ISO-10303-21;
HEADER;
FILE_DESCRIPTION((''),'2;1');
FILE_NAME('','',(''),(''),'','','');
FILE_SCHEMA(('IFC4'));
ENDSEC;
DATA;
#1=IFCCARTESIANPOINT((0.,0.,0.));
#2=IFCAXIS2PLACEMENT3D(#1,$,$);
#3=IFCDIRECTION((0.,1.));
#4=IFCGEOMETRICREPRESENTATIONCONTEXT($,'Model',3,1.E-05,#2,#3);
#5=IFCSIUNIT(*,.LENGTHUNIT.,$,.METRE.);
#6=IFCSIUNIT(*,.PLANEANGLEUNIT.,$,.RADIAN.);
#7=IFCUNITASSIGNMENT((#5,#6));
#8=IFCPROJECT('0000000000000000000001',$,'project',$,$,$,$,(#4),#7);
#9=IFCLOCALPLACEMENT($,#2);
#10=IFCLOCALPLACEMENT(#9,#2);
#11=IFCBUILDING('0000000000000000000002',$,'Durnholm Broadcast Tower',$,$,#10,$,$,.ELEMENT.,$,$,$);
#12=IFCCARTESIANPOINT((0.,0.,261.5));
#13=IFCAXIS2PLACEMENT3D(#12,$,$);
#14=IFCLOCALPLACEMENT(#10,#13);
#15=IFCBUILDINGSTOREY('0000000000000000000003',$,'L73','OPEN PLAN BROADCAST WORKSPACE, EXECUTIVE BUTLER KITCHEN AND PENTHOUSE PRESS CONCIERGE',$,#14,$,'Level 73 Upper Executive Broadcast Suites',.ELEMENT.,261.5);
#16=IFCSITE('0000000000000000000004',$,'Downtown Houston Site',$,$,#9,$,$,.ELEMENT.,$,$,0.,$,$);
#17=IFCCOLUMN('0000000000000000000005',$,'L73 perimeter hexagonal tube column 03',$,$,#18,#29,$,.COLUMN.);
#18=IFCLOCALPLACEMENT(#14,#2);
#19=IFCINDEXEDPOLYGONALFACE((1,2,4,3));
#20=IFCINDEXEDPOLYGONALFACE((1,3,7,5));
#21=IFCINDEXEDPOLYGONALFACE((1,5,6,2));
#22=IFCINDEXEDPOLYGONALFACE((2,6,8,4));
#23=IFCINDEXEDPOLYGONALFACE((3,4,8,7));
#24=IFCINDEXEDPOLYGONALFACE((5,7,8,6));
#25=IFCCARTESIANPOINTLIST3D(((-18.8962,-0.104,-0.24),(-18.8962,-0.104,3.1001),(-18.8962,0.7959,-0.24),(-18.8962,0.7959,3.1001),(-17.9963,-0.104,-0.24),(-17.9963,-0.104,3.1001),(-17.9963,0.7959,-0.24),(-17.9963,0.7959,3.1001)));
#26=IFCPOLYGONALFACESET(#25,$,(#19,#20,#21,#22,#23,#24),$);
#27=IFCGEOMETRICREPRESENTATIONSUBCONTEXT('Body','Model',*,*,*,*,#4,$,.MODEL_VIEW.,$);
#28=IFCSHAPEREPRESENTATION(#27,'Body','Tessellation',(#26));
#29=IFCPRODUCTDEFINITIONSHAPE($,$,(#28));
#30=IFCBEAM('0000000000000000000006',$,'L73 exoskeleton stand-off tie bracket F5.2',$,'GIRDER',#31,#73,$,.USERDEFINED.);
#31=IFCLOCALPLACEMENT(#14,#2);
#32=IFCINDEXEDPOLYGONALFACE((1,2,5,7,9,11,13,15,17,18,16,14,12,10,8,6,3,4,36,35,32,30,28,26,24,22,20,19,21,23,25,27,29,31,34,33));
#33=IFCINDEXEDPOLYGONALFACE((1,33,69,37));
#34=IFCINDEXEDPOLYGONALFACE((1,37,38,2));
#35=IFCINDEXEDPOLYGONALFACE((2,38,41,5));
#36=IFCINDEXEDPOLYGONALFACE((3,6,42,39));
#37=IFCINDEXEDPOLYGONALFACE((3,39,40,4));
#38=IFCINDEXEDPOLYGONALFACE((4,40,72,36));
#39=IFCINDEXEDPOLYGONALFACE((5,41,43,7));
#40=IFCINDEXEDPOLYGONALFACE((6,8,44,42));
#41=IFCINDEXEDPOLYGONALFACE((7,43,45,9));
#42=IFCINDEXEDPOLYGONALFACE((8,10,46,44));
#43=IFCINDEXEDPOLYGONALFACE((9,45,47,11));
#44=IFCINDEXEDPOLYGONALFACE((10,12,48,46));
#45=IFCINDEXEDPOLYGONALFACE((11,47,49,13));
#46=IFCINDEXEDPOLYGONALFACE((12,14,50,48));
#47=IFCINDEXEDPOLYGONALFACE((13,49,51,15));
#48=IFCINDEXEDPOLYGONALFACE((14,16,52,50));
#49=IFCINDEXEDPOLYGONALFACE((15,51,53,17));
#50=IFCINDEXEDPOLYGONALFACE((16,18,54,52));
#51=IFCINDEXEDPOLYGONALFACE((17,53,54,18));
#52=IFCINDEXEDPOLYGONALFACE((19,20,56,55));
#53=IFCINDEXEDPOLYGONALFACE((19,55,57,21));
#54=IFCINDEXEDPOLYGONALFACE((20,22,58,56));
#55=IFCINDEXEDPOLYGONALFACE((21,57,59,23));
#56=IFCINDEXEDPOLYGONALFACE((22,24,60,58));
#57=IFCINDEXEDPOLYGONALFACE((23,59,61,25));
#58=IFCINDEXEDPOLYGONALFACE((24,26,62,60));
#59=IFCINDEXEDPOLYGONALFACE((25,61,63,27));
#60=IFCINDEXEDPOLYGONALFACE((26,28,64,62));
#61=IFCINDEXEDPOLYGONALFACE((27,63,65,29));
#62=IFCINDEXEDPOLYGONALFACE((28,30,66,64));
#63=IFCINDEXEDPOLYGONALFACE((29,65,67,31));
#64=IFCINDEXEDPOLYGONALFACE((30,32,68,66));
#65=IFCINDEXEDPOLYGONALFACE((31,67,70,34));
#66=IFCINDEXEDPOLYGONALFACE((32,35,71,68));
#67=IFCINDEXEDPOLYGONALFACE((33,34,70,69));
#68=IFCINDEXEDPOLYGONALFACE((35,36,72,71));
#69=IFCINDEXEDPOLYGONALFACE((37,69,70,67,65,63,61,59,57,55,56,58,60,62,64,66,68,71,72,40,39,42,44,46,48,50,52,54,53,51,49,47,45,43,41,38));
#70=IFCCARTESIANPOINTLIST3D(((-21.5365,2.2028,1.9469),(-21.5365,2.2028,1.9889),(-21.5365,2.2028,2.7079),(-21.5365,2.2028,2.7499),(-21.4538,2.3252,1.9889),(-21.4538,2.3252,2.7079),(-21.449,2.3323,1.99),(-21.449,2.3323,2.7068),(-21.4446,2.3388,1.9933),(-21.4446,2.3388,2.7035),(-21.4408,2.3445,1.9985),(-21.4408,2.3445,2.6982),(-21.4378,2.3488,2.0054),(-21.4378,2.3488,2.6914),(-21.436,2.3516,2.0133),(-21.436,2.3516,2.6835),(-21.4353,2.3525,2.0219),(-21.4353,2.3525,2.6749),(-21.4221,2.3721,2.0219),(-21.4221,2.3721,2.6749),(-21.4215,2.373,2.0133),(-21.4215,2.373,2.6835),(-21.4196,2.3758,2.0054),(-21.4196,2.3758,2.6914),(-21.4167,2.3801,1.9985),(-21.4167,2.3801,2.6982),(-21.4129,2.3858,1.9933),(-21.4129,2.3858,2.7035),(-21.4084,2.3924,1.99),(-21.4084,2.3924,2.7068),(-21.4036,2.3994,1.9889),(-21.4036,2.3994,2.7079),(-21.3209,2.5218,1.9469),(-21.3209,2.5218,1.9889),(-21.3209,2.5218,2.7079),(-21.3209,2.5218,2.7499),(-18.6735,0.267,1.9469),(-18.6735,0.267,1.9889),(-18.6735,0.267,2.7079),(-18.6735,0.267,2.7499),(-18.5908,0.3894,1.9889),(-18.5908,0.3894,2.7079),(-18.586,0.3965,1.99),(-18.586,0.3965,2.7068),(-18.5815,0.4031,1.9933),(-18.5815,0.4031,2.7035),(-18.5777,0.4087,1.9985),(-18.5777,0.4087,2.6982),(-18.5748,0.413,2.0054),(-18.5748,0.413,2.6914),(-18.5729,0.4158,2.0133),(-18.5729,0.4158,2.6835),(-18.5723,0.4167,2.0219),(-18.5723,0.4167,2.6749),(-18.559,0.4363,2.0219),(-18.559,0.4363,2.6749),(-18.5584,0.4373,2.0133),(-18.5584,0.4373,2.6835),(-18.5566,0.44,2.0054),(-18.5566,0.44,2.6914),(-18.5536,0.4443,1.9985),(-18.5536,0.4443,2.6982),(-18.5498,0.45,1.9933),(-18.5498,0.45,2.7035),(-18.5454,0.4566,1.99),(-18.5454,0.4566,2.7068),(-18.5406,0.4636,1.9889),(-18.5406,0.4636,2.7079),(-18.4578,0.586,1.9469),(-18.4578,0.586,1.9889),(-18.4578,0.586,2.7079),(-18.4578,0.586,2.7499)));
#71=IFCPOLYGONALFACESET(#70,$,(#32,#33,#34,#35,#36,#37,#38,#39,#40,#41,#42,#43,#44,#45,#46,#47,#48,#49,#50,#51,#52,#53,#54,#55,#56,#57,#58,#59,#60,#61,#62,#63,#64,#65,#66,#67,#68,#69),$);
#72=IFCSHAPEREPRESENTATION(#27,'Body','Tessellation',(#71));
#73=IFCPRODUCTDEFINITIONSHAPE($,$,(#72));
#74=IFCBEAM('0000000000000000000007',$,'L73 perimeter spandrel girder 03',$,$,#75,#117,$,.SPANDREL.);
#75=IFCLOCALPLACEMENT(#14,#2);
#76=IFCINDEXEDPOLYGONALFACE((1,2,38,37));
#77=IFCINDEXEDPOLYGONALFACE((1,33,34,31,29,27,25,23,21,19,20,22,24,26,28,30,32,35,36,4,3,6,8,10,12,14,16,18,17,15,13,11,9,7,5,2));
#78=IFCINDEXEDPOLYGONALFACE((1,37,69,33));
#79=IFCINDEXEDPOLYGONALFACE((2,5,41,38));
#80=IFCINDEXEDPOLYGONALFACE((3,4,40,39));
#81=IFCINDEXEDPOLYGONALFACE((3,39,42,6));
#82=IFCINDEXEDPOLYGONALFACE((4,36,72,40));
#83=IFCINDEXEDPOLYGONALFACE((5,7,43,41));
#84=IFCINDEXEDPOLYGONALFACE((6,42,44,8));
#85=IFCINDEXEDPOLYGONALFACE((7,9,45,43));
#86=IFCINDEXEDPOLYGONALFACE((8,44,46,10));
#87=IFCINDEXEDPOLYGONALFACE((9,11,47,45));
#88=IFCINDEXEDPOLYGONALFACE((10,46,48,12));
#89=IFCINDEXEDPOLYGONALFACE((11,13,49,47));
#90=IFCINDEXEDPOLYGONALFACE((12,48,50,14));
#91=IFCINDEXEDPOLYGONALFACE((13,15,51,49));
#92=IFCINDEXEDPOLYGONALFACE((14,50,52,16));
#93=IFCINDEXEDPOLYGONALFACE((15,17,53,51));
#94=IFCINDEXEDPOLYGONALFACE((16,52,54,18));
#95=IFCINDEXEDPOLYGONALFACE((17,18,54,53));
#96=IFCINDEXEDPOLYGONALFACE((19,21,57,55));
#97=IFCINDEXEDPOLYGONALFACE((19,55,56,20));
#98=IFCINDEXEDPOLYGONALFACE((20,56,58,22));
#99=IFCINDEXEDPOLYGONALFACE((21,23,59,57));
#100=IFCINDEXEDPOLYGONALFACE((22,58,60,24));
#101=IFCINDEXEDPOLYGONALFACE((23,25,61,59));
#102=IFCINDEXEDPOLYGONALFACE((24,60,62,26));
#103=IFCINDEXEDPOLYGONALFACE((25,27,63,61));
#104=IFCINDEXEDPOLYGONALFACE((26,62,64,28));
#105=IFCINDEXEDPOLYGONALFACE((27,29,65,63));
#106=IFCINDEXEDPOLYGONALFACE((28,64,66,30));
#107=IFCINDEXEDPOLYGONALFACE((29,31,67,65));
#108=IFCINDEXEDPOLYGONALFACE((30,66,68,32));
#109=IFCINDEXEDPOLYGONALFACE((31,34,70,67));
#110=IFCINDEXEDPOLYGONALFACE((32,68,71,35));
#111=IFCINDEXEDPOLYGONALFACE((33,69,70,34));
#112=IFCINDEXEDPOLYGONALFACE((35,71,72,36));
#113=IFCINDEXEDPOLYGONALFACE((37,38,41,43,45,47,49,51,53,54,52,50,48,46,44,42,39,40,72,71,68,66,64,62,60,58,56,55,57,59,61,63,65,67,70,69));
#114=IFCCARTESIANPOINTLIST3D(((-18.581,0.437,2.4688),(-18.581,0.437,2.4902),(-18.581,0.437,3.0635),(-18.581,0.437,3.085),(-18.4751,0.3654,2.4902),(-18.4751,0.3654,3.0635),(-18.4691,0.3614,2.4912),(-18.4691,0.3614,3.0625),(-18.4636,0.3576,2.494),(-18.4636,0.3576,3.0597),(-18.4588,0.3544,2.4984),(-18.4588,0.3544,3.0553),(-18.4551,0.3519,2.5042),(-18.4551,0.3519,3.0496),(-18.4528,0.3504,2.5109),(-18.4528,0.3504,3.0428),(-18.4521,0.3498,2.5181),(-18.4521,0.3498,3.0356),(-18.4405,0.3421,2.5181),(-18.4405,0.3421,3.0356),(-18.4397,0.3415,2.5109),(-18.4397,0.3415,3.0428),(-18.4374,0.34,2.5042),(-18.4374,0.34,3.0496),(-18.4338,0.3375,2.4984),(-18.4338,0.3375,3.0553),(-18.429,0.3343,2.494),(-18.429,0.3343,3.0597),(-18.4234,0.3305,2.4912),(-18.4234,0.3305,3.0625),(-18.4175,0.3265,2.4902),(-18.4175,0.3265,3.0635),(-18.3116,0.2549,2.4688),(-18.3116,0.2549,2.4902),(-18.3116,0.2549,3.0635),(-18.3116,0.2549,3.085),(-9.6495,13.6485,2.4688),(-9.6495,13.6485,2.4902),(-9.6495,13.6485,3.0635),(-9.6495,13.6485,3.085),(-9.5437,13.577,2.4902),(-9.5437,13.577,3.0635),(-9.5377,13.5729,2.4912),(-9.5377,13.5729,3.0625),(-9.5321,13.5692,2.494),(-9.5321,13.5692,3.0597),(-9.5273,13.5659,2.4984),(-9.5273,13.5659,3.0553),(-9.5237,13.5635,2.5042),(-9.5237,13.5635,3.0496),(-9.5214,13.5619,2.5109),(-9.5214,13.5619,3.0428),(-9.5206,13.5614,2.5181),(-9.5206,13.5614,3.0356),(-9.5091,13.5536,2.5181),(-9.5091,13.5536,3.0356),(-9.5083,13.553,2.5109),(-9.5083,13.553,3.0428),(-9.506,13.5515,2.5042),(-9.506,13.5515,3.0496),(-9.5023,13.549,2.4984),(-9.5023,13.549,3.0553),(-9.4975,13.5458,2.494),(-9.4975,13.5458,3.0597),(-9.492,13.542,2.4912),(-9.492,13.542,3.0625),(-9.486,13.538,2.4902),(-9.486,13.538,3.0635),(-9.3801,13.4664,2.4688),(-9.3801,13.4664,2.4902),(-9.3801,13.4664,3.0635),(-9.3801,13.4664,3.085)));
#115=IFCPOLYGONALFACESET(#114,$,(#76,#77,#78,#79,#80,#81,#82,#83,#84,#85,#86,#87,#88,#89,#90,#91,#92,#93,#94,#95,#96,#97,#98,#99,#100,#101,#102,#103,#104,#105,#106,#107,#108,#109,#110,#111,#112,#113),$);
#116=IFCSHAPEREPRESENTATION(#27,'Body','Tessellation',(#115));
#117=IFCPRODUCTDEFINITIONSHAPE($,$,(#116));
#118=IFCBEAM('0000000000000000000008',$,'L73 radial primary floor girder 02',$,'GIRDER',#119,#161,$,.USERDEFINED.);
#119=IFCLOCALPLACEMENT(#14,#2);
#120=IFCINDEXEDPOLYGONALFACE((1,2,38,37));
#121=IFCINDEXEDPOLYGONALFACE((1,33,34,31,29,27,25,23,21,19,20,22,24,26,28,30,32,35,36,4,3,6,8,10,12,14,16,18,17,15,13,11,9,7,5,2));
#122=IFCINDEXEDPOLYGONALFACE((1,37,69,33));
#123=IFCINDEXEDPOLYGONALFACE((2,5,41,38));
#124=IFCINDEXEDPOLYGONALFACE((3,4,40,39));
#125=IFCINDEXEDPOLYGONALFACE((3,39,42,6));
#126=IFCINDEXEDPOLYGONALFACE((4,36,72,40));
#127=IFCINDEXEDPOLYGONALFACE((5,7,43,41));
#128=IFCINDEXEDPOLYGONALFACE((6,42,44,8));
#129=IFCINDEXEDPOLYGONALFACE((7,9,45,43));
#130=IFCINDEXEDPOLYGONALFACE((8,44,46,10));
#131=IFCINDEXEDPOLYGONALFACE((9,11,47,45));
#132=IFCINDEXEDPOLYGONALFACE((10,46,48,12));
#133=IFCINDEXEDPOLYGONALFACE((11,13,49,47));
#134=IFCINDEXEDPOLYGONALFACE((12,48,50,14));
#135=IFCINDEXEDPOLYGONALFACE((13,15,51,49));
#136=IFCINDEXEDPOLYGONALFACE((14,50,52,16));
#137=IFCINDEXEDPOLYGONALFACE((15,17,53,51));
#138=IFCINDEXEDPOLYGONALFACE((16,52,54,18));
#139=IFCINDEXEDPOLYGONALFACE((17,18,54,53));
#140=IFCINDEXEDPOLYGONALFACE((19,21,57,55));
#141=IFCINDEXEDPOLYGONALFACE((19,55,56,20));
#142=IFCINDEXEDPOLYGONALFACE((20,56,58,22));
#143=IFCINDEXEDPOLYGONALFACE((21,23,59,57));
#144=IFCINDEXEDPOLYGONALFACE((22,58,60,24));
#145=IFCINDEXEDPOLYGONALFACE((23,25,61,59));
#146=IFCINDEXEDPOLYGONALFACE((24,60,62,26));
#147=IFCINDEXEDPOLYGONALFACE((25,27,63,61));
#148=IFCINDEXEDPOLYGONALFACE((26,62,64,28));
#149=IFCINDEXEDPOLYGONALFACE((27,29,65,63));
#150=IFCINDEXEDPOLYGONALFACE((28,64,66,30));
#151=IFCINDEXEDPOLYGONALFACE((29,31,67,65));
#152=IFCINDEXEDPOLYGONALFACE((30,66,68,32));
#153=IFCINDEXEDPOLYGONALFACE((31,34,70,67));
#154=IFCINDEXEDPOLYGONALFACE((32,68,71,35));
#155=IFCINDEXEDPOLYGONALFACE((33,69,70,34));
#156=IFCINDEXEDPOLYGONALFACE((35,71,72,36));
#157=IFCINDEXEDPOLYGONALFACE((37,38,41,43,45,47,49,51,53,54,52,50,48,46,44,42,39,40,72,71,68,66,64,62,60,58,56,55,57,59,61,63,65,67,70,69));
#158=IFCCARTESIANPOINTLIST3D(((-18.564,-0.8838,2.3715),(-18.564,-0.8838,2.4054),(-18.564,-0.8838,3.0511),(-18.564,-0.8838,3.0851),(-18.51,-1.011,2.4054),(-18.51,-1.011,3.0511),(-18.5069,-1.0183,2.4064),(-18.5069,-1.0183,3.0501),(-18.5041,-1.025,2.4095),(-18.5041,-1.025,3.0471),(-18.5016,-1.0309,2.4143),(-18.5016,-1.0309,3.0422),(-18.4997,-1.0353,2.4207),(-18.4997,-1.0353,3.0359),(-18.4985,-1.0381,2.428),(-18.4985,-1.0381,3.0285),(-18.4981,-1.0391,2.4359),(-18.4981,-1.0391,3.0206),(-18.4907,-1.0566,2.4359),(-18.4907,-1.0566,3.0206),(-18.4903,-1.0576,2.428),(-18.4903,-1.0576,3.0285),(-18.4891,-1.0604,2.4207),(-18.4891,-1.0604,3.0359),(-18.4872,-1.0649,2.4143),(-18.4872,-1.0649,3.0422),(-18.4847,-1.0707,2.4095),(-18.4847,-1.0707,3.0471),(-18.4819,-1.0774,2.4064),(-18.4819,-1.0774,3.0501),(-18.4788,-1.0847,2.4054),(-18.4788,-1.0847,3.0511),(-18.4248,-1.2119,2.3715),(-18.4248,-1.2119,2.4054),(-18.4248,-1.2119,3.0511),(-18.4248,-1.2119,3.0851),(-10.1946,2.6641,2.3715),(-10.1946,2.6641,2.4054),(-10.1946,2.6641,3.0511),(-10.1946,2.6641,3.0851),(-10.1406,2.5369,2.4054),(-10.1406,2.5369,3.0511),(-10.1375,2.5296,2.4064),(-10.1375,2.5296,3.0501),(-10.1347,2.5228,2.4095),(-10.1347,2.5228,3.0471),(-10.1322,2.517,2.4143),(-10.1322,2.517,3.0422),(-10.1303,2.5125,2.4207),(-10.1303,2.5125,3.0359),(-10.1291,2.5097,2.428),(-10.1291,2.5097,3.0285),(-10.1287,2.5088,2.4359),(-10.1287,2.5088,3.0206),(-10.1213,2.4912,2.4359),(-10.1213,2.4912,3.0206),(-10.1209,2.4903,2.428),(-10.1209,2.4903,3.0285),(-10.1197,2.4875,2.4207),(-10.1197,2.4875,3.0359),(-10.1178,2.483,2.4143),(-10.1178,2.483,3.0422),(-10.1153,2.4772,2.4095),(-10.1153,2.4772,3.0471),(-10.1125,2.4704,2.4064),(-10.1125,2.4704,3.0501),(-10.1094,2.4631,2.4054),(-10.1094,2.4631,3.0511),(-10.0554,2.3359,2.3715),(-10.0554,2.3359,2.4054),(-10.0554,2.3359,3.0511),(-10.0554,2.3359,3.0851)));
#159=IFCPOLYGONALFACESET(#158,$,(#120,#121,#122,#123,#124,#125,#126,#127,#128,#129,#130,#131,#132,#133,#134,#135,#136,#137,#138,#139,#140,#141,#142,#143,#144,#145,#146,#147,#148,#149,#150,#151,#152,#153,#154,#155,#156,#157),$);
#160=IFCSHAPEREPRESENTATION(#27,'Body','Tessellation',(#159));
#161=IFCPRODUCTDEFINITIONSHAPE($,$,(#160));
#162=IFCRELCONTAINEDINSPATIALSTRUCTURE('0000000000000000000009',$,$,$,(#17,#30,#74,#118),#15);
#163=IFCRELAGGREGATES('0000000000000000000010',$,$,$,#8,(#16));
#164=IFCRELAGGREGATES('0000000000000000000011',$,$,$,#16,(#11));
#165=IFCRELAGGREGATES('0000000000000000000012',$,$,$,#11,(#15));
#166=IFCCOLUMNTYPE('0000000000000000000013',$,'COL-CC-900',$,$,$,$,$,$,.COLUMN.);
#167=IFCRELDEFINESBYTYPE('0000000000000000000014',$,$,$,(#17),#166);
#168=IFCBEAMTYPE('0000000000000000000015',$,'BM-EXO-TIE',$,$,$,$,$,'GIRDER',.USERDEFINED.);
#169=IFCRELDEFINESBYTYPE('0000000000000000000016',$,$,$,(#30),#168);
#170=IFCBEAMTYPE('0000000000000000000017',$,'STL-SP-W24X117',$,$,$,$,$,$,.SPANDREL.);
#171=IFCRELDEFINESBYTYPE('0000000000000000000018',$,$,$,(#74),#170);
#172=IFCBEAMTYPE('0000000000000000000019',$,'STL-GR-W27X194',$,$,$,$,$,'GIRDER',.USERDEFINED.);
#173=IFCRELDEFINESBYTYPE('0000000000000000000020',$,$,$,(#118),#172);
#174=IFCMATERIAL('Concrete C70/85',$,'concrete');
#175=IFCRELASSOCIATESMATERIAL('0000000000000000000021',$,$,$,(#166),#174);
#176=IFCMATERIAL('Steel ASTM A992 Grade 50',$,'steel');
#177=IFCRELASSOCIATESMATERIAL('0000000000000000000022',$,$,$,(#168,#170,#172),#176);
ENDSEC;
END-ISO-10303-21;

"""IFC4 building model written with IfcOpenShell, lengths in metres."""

from ifc_helpers import new_model, si_unit, direction, frame, origin, origin_2d, place, context, subcontext, project, spatial, rectangle, i_section, extrude, source, transform, mapped, material, material_profile, profile_set, type_object, type_shapes, element, save


model = new_model("IFC4")

# Units and contexts
model_context = context("Model", 3, precision=1e-05, world=origin(), true_north=direction((0.0, 1.0)))
body_context = subcontext(model_context, "Body", "Model", "MODEL_VIEW")
ifc_project = project(units=[si_unit("LENGTHUNIT", "METRE"), si_unit("PLANEANGLEUNIT", "RADIAN")], contexts=[model_context])

# Site, building, storey
site_placement = place(None, origin())
site = spatial("IfcSite", under=ifc_project, at=site_placement, Name="Downtown Houston Site", CompositionType="ELEMENT", RefElevation=0.0)
building_placement = place(site_placement, origin())
building = spatial("IfcBuilding", under=site, at=building_placement, Name="Durnholm Broadcast Tower", CompositionType="ELEMENT")
storey_placement = place(building_placement, frame((0.0, 0.0, 261.5)))
storey = spatial("IfcBuildingStorey", under=building, at=storey_placement, Name="L73", Description="OPEN PLAN BROADCAST WORKSPACE, EXECUTIVE BUTLER KITCHEN AND PENTHOUSE PRESS CONCIERGE", LongName="Level 73 Upper Executive Broadcast Suites", CompositionType="ELEMENT", Elevation=261.5)

# Column
ifc_material_1 = material(Name="Concrete C70/85", Category="concrete")
ifc_material_profile_1 = material_profile(ifc_material_1, rectangle(XDim=0.8999, YDim=0.8999, at=origin_2d()), Name="RC900X900")
ifc_profile_set_1 = profile_set([ifc_material_profile_1], Name="Concrete C70/85")
column_type = type_object("IfcColumnType", Name="COL-CC-900", PredefinedType="COLUMN", material=ifc_profile_set_1)
shared_shape_1 = source(origin(), body_context, "Body", "SweptSolid", [
    extrude(rectangle(XDim=0.8999, YDim=0.8999, at=origin_2d()), origin(), (0.0, 0.0, 1.0), 3.3401),
])
type_shapes(column_type, [shared_shape_1])
column_placement = place(storey_placement, frame((-18.4463, 0.3459, -0.24), z_axis=(0.0, 0.0, 1.0), x_axis=(1.0, 0.0, 0.0)))
element("IfcColumn", 1, at=column_placement, inside=storey, type_object=column_type, Name="L73 perimeter hexagonal tube column 03", PredefinedType="COLUMN", context=body_context, shape_type="MappedRepresentation", body=[
    mapped(shared_shape_1, transform((0.0, 0.0, 0.0), x_axis=(1.0, 0.0, 0.0), y_axis=(0.0, 1.0, 0.0), z_axis=(0.0, 0.0, 1.0), scale=1.0)),
])

# Beams
ifc_material_2 = material(Name="Steel ASTM A992 Grade 50", Category="steel")
ifc_material_profile_2 = material_profile(ifc_material_2, i_section(OverallWidth=0.385, OverallDepth=0.803, WebThickness=0.0237, FlangeThickness=0.042, FilletRadius=0.033, at=origin_2d()), Name="W30X261")
ifc_profile_set_2 = profile_set([ifc_material_profile_2], Name="Steel ASTM A992 Grade 50")
beam_type_1 = type_object("IfcBeamType", Name="BM-EXO-TIE", ElementType="GIRDER", PredefinedType="USERDEFINED", material=ifc_profile_set_2)
shared_shape_2 = source(origin(), body_context, "Body", "SweptSolid", [
    extrude(i_section(OverallWidth=0.385, OverallDepth=0.803, WebThickness=0.0237, FlangeThickness=0.042, FilletRadius=0.033, at=origin_2d()), origin(), (0.0, 0.0, 1.0), 3.4561),
])
type_shapes(beam_type_1, [shared_shape_2])
beam_1_placement = place(storey_placement, frame((-18.5657, 0.4265, 2.3484), z_axis=(-0.828414, 0.560117, 0.0), x_axis=(-0.560117, -0.828414, 0.0)))
element("IfcBeam", 2, at=beam_1_placement, inside=storey, type_object=beam_type_1, Name="L73 exoskeleton stand-off tie bracket F5.2", ObjectType="GIRDER", PredefinedType="USERDEFINED", context=body_context, shape_type="MappedRepresentation", body=[
    mapped(shared_shape_2, transform((0.0, 0.0, 0.0), x_axis=(1.0, 0.0, 0.0), y_axis=(0.0, 1.0, 0.0), z_axis=(0.0, 0.0, 1.0), scale=1.0)),
])
ifc_material_profile_3 = material_profile(ifc_material_2, i_section(OverallWidth=0.3252, OverallDepth=0.6162, WebThickness=0.0139, FlangeThickness=0.0215, FilletRadius=0.0278, at=origin_2d()), Name="W24X117")
ifc_profile_set_3 = profile_set([ifc_material_profile_3], Name="Steel ASTM A992 Grade 50")
beam_type_2 = type_object("IfcBeamType", Name="STL-SP-W24X117", PredefinedType="SPANDREL", material=ifc_profile_set_3)
shared_shape_3 = source(origin(), body_context, "Body", "SweptSolid", [
    extrude(i_section(OverallWidth=0.3252, OverallDepth=0.6162, WebThickness=0.0139, FlangeThickness=0.0215, FilletRadius=0.0278, at=origin_2d()), origin(), (0.0, 0.0, 1.0), 15.9473),
])
type_shapes(beam_type_2, [shared_shape_3])
beam_2_placement = place(storey_placement, frame((-18.4463, 0.3459, 2.7769), z_axis=(0.560062, 0.828451, 0.0), x_axis=(-0.828451, 0.560062, 0.0)))
element("IfcBeam", 3, at=beam_2_placement, inside=storey, type_object=beam_type_2, Name="L73 perimeter spandrel girder 03", PredefinedType="SPANDREL", context=body_context, shape_type="MappedRepresentation", body=[
    mapped(shared_shape_3, transform((0.0, 0.0, 0.0), x_axis=(1.0, 0.0, 0.0), y_axis=(0.0, 1.0, 0.0), z_axis=(0.0, 0.0, 1.0), scale=1.0)),
])
ifc_material_profile_4 = material_profile(ifc_material_2, i_section(OverallWidth=0.3564, OverallDepth=0.7136, WebThickness=0.019, FlangeThickness=0.0339, FilletRadius=0.0305, at=origin_2d()), Name="W27X194")
ifc_profile_set_4 = profile_set([ifc_material_profile_4], Name="Steel ASTM A992 Grade 50")
beam_type_3 = type_object("IfcBeamType", Name="STL-GR-W27X194", ElementType="GIRDER", PredefinedType="USERDEFINED", material=ifc_profile_set_4)
shared_shape_4 = source(origin(), body_context, "Body", "SweptSolid", [
    extrude(i_section(OverallWidth=0.3564, OverallDepth=0.7136, WebThickness=0.019, FlangeThickness=0.0339, FilletRadius=0.0305, at=origin_2d()), origin(), (0.0, 0.0, 1.0), 9.0903),
])
beam_3_placement = place(storey_placement, frame((-10.125, 2.5, 2.7283), z_axis=(-0.920692, -0.390289, 0.0), x_axis=(0.390289, -0.920692, 0.0)))
element("IfcBeam", 4, at=beam_3_placement, inside=storey, type_object=beam_type_3, Name="L73 radial primary floor girder 02", ObjectType="GIRDER", PredefinedType="USERDEFINED", context=body_context, shape_type="MappedRepresentation", body=[
    mapped(shared_shape_4, transform((0.0, 0.0, 0.0), x_axis=(1.0, 0.0, 0.0), y_axis=(0.0, 1.0, 0.0), z_axis=(0.0, 0.0, 1.0), scale=1.0)),
])

save(model, "model.ifc")
